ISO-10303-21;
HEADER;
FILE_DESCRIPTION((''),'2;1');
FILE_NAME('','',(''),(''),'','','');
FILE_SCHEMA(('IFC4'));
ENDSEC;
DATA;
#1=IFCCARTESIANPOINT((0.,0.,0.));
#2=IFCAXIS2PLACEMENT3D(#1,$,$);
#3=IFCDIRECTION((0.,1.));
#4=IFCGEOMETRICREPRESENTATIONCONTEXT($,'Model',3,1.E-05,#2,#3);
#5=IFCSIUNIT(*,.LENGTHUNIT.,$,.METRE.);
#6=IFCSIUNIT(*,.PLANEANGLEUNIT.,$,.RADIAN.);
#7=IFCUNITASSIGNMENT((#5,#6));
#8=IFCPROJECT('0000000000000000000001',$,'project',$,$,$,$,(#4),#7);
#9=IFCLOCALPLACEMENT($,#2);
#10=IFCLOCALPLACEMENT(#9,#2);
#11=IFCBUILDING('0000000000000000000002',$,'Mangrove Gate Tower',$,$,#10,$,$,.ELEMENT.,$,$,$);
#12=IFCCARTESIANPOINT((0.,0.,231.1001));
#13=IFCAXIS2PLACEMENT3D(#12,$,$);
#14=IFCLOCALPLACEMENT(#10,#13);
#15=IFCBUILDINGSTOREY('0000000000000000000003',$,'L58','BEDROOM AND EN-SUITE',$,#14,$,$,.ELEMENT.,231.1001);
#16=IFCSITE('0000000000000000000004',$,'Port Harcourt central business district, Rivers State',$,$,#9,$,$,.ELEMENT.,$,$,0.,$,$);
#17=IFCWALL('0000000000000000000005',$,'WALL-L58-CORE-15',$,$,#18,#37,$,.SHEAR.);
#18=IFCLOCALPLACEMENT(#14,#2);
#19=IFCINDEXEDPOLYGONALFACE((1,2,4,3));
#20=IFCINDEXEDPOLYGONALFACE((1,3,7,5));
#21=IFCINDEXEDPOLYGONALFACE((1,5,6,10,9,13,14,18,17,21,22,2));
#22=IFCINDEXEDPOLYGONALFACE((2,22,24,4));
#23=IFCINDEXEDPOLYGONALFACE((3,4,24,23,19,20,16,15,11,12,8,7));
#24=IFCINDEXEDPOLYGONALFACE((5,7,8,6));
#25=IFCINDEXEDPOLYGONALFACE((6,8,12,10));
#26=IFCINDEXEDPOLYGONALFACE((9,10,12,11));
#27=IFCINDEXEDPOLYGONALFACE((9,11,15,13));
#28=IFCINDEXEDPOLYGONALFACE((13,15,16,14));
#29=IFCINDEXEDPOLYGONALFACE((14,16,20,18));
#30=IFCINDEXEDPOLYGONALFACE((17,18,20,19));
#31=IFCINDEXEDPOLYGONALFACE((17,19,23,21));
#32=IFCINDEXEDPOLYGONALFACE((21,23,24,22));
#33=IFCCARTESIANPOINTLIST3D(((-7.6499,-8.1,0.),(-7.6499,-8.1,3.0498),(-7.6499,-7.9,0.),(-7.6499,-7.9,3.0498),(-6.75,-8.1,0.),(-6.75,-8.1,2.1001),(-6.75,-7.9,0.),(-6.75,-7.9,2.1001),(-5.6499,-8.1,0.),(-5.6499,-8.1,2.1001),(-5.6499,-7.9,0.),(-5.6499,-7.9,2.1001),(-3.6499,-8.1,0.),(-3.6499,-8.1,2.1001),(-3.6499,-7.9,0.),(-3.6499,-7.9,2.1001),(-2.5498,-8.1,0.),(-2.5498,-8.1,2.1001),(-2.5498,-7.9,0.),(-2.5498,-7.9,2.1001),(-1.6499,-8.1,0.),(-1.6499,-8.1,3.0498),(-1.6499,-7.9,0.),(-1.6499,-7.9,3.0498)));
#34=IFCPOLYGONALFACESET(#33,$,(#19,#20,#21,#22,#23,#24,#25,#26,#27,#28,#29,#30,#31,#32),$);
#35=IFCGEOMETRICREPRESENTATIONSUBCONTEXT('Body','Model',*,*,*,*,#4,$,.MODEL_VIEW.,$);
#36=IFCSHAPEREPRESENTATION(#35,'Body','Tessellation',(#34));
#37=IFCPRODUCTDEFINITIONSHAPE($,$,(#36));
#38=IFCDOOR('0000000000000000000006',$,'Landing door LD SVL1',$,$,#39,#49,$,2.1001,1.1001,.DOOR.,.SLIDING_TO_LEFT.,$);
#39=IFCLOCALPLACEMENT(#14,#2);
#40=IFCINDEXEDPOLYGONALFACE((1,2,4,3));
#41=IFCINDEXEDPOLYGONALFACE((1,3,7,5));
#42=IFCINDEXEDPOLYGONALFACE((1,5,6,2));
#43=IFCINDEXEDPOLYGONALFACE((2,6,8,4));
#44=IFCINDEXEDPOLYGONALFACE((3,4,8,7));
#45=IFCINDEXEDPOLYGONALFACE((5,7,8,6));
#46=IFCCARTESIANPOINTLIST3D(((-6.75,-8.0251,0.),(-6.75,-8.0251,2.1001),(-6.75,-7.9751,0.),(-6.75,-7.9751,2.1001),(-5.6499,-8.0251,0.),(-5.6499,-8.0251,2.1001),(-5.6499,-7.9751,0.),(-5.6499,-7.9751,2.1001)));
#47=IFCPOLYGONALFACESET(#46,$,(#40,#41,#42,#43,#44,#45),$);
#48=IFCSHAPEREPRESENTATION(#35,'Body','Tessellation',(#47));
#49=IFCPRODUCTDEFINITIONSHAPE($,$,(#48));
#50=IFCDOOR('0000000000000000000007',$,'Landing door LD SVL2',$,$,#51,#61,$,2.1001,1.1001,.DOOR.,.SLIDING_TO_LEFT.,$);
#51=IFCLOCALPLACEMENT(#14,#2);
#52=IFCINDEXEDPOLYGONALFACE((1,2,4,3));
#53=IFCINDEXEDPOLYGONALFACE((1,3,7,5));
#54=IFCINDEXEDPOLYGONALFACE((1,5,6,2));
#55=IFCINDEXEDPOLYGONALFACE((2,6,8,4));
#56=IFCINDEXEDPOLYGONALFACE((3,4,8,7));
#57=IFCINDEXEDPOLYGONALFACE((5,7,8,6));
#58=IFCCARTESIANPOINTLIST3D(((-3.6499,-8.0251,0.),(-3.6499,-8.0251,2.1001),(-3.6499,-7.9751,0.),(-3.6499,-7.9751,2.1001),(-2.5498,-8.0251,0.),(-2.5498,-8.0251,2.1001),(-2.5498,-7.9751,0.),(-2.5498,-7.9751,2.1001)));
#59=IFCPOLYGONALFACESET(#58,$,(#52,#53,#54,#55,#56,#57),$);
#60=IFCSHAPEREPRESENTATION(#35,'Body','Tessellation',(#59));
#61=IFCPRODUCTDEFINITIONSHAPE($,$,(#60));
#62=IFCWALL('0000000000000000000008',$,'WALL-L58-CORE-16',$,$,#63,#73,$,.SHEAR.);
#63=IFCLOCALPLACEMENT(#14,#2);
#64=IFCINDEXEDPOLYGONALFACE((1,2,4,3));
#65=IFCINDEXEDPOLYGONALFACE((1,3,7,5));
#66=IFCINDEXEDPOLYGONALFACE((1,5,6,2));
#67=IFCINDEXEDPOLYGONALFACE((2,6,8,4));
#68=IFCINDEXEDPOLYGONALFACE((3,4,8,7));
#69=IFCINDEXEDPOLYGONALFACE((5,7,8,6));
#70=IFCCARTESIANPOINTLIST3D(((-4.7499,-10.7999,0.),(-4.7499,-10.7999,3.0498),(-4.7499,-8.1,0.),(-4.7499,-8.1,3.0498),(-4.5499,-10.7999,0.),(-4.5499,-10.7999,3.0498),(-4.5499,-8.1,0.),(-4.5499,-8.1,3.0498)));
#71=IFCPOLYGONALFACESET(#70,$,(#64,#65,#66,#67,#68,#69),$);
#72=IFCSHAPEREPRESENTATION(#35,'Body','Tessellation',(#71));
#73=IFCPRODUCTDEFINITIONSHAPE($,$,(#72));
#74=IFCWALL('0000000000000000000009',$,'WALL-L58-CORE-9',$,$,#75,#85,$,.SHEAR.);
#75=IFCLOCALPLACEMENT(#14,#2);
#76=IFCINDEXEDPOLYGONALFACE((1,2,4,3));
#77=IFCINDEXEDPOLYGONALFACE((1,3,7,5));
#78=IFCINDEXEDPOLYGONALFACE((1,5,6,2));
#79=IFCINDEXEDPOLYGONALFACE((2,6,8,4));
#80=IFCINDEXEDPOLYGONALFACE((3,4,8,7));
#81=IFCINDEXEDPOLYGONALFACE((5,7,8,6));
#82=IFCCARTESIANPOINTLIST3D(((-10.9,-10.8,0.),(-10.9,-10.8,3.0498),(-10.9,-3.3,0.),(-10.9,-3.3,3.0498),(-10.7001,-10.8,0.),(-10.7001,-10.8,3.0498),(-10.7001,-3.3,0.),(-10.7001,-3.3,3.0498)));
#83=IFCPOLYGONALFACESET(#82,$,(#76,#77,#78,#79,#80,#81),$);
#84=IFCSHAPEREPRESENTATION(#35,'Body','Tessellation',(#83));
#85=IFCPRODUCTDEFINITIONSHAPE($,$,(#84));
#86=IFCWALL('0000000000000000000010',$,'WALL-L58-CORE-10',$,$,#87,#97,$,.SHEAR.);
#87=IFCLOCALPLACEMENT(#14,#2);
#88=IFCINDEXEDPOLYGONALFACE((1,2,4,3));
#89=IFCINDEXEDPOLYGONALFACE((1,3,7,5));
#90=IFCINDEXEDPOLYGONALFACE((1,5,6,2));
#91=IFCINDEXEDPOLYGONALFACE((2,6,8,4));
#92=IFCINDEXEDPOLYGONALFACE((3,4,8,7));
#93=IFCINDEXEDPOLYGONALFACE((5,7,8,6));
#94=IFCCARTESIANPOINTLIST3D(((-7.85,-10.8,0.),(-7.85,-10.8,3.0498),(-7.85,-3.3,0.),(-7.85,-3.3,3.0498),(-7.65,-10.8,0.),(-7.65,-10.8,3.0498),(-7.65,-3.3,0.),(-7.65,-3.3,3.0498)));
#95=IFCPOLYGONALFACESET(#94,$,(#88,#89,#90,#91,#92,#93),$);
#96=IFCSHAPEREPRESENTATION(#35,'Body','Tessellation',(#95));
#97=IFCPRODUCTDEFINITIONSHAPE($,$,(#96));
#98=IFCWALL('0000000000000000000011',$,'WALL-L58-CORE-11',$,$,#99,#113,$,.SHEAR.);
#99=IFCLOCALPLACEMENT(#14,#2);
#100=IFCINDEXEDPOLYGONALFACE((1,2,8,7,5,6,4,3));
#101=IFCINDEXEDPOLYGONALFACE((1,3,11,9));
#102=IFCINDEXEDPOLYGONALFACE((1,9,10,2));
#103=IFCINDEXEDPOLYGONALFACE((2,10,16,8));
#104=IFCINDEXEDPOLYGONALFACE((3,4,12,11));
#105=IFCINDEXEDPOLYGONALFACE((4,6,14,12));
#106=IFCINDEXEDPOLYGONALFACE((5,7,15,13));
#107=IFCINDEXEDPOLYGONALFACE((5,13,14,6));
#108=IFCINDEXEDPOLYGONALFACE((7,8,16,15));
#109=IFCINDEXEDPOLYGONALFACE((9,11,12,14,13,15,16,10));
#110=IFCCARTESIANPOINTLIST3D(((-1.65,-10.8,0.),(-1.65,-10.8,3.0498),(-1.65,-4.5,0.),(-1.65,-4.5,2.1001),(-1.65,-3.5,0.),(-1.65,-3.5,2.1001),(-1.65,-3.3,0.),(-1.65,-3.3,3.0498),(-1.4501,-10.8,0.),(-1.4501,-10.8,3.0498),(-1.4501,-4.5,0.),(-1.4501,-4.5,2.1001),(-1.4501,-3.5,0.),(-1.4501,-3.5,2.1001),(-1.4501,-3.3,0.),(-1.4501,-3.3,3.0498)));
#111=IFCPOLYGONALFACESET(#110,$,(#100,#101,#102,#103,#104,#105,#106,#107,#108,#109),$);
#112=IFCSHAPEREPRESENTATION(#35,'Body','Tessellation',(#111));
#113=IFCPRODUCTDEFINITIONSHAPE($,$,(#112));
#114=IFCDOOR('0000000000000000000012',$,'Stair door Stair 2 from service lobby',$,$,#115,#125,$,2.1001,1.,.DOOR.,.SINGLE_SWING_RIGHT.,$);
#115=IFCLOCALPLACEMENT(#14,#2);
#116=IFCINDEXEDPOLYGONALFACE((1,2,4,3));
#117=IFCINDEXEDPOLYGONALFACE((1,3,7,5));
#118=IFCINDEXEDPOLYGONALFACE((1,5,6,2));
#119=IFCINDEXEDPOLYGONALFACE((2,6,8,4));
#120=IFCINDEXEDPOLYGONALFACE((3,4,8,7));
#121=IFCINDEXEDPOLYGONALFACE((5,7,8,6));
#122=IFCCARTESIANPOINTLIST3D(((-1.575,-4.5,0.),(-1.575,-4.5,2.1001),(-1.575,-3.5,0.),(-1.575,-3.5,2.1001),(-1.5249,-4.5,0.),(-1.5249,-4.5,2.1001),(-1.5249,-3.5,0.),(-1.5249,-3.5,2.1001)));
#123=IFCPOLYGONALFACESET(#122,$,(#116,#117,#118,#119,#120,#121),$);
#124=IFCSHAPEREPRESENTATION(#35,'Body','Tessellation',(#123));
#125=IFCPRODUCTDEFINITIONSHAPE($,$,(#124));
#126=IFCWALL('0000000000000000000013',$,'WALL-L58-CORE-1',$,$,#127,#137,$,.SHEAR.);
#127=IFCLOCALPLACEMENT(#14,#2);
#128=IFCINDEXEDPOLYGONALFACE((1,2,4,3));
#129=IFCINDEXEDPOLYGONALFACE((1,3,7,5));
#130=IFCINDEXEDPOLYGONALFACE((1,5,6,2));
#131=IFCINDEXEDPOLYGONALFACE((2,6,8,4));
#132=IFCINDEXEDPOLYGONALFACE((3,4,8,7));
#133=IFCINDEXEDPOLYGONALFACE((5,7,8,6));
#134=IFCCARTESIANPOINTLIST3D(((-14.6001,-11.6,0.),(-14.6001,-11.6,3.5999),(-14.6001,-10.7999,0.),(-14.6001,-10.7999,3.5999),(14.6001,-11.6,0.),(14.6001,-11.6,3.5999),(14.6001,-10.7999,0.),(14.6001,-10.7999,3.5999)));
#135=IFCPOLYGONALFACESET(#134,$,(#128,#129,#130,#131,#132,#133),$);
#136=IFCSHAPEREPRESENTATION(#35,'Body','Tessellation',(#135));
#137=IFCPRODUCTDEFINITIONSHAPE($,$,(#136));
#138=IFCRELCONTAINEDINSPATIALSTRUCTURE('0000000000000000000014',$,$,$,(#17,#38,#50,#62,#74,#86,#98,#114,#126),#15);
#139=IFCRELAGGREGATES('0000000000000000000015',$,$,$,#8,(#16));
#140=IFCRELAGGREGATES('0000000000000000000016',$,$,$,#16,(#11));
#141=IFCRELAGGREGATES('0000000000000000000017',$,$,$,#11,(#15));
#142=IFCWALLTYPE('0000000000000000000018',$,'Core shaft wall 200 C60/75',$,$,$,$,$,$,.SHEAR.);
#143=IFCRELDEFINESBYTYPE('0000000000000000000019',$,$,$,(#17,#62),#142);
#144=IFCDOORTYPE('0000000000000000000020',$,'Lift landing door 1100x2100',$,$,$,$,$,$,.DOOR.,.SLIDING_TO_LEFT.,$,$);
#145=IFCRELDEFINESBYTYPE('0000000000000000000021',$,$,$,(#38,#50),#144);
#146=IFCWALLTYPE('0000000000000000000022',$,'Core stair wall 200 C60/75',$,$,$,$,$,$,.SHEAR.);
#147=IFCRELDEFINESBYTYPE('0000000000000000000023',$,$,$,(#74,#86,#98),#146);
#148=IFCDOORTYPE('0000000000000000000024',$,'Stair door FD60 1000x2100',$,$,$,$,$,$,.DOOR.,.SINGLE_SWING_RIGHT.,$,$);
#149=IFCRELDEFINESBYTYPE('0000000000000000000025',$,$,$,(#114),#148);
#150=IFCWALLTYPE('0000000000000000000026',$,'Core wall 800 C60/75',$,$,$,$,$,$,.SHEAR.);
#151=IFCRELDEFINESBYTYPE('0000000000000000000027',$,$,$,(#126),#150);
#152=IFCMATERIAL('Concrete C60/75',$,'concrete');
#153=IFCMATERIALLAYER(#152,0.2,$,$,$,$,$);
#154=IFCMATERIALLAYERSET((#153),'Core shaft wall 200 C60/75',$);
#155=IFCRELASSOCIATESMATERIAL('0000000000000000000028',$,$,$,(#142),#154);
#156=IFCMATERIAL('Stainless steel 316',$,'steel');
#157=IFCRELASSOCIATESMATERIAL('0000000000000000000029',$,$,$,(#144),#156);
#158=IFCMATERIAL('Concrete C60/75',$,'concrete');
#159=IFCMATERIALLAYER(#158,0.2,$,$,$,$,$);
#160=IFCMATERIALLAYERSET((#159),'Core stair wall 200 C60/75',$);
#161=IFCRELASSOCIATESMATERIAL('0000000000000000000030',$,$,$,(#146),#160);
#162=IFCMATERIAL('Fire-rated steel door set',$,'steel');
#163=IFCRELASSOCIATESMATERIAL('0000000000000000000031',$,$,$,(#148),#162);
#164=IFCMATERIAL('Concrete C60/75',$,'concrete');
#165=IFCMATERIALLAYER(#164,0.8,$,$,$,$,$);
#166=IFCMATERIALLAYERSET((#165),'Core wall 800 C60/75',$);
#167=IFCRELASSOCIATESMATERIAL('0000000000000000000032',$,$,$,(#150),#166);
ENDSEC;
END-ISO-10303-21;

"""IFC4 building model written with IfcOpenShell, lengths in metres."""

from ifc_helpers import new_model, si_unit, direction, frame, frame_2d, origin, place, context, subcontext, project, spatial, rectangle, extrude, material, layer, layer_set, type_object, element, fill, save


model = new_model("IFC4")

# Units and contexts
model_context = context("Model", 3, precision=1e-05, world=origin(), true_north=direction((0.0, 1.0)))
body_context = subcontext(model_context, "Body", "Model", "MODEL_VIEW")
ifc_project = project(units=[si_unit("LENGTHUNIT", "METRE"), si_unit("PLANEANGLEUNIT", "RADIAN")], contexts=[model_context])

# Site, building, storey
site_placement = place(None, origin())
site = spatial("IfcSite", under=ifc_project, at=site_placement, Name="Port Harcourt central business district, Rivers State", CompositionType="ELEMENT", RefElevation=0.0)
building_placement = place(site_placement, origin())
building = spatial("IfcBuilding", under=site, at=building_placement, Name="Mangrove Gate Tower", CompositionType="ELEMENT")
storey_placement = place(building_placement, frame((0.0, 0.0, 231.1001)))
storey = spatial("IfcBuildingStorey", under=building, at=storey_placement, Name="L58", Description="BEDROOM AND EN-SUITE", CompositionType="ELEMENT", Elevation=231.1001)

# Wall, openings, doors
ifc_material_1 = material(Name="Concrete C60/75", Category="concrete")
ifc_layer_1 = layer(ifc_material_1, 0.2)
ifc_layer_set_1 = layer_set([ifc_layer_1], Name="Core shaft wall 200 C60/75")
wall_type_1 = type_object("IfcWallType", Name="Core shaft wall 200 C60/75", PredefinedType="SHEAR", material=ifc_layer_set_1)
wall_1_placement = place(storey_placement, frame((-7.6499, -8.0, 0.0), z_axis=(0.0, 0.0, 1.0), x_axis=(1.0, 0.0, 0.0)))
wall_1 = element("IfcWall", 1, at=wall_1_placement, inside=storey, type_object=wall_type_1, Name="WALL-L58-CORE-15", PredefinedType="SHEAR", context=body_context, shape_type="SweptSolid", body=[
    extrude(rectangle(XDim=6.0, YDim=0.2, at=frame_2d((3.0, 0.0))), origin(), (0.0, 0.0, 1.0), 3.0498),
])
opening_1_placement = place(wall_1_placement, frame((0.8999, 0.0, 0.0)))
opening_1 = element("IfcOpeningElement", 2, at=opening_1_placement, cuts=wall_1, PredefinedType="OPENING", context=body_context, shape_type="SweptSolid", body=[
    extrude(rectangle(XDim=1.1001, YDim=2.1001, at=frame_2d((0.55, 1.05))), frame((0.0, 0.1099, 0.0), z_axis=(0.0, -1.0, 0.0), x_axis=(1.0, 0.0, 0.0)), (0.0, 0.0, 1.0), 0.22),
])
opening_2_placement = place(wall_1_placement, frame((4.0, 0.0, 0.0)))
opening_2 = element("IfcOpeningElement", 3, at=opening_2_placement, cuts=wall_1, PredefinedType="OPENING", context=body_context, shape_type="SweptSolid", body=[
    extrude(rectangle(XDim=1.1001, YDim=2.1001, at=frame_2d((0.55, 1.05))), frame((0.0, 0.1099, 0.0), z_axis=(0.0, -1.0, 0.0), x_axis=(1.0, 0.0, 0.0)), (0.0, 0.0, 1.0), 0.22),
])
ifc_material_2 = material(Name="Stainless steel 316", Category="steel")
door_type_1 = type_object("IfcDoorType", Name="Lift landing door 1100x2100", OperationType="SLIDING_TO_LEFT", PredefinedType="DOOR", material=ifc_material_2)
door_1_placement = place(opening_1_placement, origin())
door_1 = element("IfcDoor", 4, at=door_1_placement, inside=storey, type_object=door_type_1, Name="Landing door LD SVL1", OperationType="SLIDING_TO_LEFT", OverallHeight=2.1001, OverallWidth=1.1001, PredefinedType="DOOR", context=body_context, shape_type="SweptSolid", body=[
    extrude(rectangle(XDim=1.1001, YDim=2.1001, at=frame_2d((0.55, 1.05))), frame((0.0, 0.0249, 0.0), z_axis=(0.0, -1.0, 0.0), x_axis=(1.0, 0.0, 0.0)), (0.0, 0.0, 1.0), 0.05),
])
fill(opening_1, door_1)
door_2_placement = place(opening_2_placement, origin())
door_2 = element("IfcDoor", 5, at=door_2_placement, inside=storey, type_object=door_type_1, Name="Landing door LD SVL2", OperationType="SLIDING_TO_LEFT", OverallHeight=2.1001, OverallWidth=1.1001, PredefinedType="DOOR", context=body_context, shape_type="SweptSolid", body=[
    extrude(rectangle(XDim=1.1001, YDim=2.1001, at=frame_2d((0.55, 1.05))), frame((0.0, 0.0249, 0.0), z_axis=(0.0, -1.0, 0.0), x_axis=(1.0, 0.0, 0.0)), (0.0, 0.0, 1.0), 0.05),
])
fill(opening_2, door_2)

# Walls
wall_2_placement = place(storey_placement, frame((-4.6499, -10.8, 0.0), z_axis=(0.0, 0.0, 1.0), x_axis=(0.0, 1.0, 0.0)))
element("IfcWall", 6, at=wall_2_placement, inside=storey, type_object=wall_type_1, Name="WALL-L58-CORE-16", PredefinedType="SHEAR", context=body_context, shape_type="SweptSolid", body=[
    extrude(rectangle(XDim=2.7, YDim=0.2, at=frame_2d((1.3501, 0.0))), origin(), (0.0, 0.0, 1.0), 3.0498),
])
ifc_material_3 = material(Name="Concrete C60/75", Category="concrete")
ifc_layer_2 = layer(ifc_material_3, 0.2)
ifc_layer_set_2 = layer_set([ifc_layer_2], Name="Core stair wall 200 C60/75")
wall_type_2 = type_object("IfcWallType", Name="Core stair wall 200 C60/75", PredefinedType="SHEAR", material=ifc_layer_set_2)
for number, where, z_axis, x_axis, name in (
    (7, (-10.8, -10.8, 0.0), (0.0, 0.0, 1.0), (0.0, 1.0, 0.0), "WALL-L58-CORE-9"),
    (8, (-7.75, -10.8, 0.0), (0.0, 0.0, 1.0), (0.0, 1.0, 0.0), "WALL-L58-CORE-10"),
):
    element("IfcWall", number, at=place(storey_placement, frame(where, z_axis=z_axis, x_axis=x_axis)), inside=storey, type_object=wall_type_2, Name=name, PredefinedType="SHEAR", context=body_context, shape_type="SweptSolid", body=[
        extrude(rectangle(XDim=7.5, YDim=0.2, at=frame_2d((3.75, 0.0))), origin(), (0.0, 0.0, 1.0), 3.0498),
    ])

# Wall, opening, door
wall_3_placement = place(storey_placement, frame((-1.55, -10.8, 0.0), z_axis=(0.0, 0.0, 1.0), x_axis=(0.0, 1.0, 0.0)))
wall_3 = element("IfcWall", 9, at=wall_3_placement, inside=storey, type_object=wall_type_2, Name="WALL-L58-CORE-11", PredefinedType="SHEAR", context=body_context, shape_type="SweptSolid", body=[
    extrude(rectangle(XDim=7.5, YDim=0.2, at=frame_2d((3.75, 0.0))), origin(), (0.0, 0.0, 1.0), 3.0498),
])
opening_3_placement = place(wall_3_placement, frame((6.3, 0.0, 0.0)))
opening_3 = element("IfcOpeningElement", 10, at=opening_3_placement, cuts=wall_3, PredefinedType="OPENING", context=body_context, shape_type="SweptSolid", body=[
    extrude(rectangle(XDim=1.0, YDim=2.1001, at=frame_2d((0.5, 1.05))), frame((0.0, 0.1099, 0.0), z_axis=(0.0, -1.0, 0.0), x_axis=(1.0, 0.0, 0.0)), (0.0, 0.0, 1.0), 0.22),
])
ifc_material_4 = material(Name="Fire-rated steel door set", Category="steel")
door_type_2 = type_object("IfcDoorType", Name="Stair door FD60 1000x2100", OperationType="SINGLE_SWING_RIGHT", PredefinedType="DOOR", material=ifc_material_4)
door_3_placement = place(opening_3_placement, origin())
door_3 = element("IfcDoor", 11, at=door_3_placement, inside=storey, type_object=door_type_2, Name="Stair door Stair 2 from service lobby", OperationType="SINGLE_SWING_RIGHT", OverallHeight=2.1001, OverallWidth=1.0, PredefinedType="DOOR", context=body_context, shape_type="SweptSolid", body=[
    extrude(rectangle(XDim=1.0, YDim=2.1001, at=frame_2d((0.5, 1.05))), frame((0.0, 0.0249, 0.0), z_axis=(0.0, -1.0, 0.0), x_axis=(1.0, 0.0, 0.0)), (0.0, 0.0, 1.0), 0.05),
])
fill(opening_3, door_3)

# Wall
ifc_material_5 = material(Name="Concrete C60/75", Category="concrete")
ifc_layer_3 = layer(ifc_material_5, 0.8)
ifc_layer_set_3 = layer_set([ifc_layer_3], Name="Core wall 800 C60/75")
wall_type_3 = type_object("IfcWallType", Name="Core wall 800 C60/75", PredefinedType="SHEAR", material=ifc_layer_set_3)
wall_4_placement = place(storey_placement, frame((-14.6001, -11.2, 0.0), z_axis=(0.0, 0.0, 1.0), x_axis=(1.0, 0.0, 0.0)))
element("IfcWall", 12, at=wall_4_placement, inside=storey, type_object=wall_type_3, Name="WALL-L58-CORE-1", PredefinedType="SHEAR", context=body_context, shape_type="SweptSolid", body=[
    extrude(rectangle(XDim=29.2002, YDim=0.8, at=frame_2d((14.6001, 0.0))), origin(), (0.0, 0.0, 1.0), 3.5999),
])

save(model, "model.ifc")
